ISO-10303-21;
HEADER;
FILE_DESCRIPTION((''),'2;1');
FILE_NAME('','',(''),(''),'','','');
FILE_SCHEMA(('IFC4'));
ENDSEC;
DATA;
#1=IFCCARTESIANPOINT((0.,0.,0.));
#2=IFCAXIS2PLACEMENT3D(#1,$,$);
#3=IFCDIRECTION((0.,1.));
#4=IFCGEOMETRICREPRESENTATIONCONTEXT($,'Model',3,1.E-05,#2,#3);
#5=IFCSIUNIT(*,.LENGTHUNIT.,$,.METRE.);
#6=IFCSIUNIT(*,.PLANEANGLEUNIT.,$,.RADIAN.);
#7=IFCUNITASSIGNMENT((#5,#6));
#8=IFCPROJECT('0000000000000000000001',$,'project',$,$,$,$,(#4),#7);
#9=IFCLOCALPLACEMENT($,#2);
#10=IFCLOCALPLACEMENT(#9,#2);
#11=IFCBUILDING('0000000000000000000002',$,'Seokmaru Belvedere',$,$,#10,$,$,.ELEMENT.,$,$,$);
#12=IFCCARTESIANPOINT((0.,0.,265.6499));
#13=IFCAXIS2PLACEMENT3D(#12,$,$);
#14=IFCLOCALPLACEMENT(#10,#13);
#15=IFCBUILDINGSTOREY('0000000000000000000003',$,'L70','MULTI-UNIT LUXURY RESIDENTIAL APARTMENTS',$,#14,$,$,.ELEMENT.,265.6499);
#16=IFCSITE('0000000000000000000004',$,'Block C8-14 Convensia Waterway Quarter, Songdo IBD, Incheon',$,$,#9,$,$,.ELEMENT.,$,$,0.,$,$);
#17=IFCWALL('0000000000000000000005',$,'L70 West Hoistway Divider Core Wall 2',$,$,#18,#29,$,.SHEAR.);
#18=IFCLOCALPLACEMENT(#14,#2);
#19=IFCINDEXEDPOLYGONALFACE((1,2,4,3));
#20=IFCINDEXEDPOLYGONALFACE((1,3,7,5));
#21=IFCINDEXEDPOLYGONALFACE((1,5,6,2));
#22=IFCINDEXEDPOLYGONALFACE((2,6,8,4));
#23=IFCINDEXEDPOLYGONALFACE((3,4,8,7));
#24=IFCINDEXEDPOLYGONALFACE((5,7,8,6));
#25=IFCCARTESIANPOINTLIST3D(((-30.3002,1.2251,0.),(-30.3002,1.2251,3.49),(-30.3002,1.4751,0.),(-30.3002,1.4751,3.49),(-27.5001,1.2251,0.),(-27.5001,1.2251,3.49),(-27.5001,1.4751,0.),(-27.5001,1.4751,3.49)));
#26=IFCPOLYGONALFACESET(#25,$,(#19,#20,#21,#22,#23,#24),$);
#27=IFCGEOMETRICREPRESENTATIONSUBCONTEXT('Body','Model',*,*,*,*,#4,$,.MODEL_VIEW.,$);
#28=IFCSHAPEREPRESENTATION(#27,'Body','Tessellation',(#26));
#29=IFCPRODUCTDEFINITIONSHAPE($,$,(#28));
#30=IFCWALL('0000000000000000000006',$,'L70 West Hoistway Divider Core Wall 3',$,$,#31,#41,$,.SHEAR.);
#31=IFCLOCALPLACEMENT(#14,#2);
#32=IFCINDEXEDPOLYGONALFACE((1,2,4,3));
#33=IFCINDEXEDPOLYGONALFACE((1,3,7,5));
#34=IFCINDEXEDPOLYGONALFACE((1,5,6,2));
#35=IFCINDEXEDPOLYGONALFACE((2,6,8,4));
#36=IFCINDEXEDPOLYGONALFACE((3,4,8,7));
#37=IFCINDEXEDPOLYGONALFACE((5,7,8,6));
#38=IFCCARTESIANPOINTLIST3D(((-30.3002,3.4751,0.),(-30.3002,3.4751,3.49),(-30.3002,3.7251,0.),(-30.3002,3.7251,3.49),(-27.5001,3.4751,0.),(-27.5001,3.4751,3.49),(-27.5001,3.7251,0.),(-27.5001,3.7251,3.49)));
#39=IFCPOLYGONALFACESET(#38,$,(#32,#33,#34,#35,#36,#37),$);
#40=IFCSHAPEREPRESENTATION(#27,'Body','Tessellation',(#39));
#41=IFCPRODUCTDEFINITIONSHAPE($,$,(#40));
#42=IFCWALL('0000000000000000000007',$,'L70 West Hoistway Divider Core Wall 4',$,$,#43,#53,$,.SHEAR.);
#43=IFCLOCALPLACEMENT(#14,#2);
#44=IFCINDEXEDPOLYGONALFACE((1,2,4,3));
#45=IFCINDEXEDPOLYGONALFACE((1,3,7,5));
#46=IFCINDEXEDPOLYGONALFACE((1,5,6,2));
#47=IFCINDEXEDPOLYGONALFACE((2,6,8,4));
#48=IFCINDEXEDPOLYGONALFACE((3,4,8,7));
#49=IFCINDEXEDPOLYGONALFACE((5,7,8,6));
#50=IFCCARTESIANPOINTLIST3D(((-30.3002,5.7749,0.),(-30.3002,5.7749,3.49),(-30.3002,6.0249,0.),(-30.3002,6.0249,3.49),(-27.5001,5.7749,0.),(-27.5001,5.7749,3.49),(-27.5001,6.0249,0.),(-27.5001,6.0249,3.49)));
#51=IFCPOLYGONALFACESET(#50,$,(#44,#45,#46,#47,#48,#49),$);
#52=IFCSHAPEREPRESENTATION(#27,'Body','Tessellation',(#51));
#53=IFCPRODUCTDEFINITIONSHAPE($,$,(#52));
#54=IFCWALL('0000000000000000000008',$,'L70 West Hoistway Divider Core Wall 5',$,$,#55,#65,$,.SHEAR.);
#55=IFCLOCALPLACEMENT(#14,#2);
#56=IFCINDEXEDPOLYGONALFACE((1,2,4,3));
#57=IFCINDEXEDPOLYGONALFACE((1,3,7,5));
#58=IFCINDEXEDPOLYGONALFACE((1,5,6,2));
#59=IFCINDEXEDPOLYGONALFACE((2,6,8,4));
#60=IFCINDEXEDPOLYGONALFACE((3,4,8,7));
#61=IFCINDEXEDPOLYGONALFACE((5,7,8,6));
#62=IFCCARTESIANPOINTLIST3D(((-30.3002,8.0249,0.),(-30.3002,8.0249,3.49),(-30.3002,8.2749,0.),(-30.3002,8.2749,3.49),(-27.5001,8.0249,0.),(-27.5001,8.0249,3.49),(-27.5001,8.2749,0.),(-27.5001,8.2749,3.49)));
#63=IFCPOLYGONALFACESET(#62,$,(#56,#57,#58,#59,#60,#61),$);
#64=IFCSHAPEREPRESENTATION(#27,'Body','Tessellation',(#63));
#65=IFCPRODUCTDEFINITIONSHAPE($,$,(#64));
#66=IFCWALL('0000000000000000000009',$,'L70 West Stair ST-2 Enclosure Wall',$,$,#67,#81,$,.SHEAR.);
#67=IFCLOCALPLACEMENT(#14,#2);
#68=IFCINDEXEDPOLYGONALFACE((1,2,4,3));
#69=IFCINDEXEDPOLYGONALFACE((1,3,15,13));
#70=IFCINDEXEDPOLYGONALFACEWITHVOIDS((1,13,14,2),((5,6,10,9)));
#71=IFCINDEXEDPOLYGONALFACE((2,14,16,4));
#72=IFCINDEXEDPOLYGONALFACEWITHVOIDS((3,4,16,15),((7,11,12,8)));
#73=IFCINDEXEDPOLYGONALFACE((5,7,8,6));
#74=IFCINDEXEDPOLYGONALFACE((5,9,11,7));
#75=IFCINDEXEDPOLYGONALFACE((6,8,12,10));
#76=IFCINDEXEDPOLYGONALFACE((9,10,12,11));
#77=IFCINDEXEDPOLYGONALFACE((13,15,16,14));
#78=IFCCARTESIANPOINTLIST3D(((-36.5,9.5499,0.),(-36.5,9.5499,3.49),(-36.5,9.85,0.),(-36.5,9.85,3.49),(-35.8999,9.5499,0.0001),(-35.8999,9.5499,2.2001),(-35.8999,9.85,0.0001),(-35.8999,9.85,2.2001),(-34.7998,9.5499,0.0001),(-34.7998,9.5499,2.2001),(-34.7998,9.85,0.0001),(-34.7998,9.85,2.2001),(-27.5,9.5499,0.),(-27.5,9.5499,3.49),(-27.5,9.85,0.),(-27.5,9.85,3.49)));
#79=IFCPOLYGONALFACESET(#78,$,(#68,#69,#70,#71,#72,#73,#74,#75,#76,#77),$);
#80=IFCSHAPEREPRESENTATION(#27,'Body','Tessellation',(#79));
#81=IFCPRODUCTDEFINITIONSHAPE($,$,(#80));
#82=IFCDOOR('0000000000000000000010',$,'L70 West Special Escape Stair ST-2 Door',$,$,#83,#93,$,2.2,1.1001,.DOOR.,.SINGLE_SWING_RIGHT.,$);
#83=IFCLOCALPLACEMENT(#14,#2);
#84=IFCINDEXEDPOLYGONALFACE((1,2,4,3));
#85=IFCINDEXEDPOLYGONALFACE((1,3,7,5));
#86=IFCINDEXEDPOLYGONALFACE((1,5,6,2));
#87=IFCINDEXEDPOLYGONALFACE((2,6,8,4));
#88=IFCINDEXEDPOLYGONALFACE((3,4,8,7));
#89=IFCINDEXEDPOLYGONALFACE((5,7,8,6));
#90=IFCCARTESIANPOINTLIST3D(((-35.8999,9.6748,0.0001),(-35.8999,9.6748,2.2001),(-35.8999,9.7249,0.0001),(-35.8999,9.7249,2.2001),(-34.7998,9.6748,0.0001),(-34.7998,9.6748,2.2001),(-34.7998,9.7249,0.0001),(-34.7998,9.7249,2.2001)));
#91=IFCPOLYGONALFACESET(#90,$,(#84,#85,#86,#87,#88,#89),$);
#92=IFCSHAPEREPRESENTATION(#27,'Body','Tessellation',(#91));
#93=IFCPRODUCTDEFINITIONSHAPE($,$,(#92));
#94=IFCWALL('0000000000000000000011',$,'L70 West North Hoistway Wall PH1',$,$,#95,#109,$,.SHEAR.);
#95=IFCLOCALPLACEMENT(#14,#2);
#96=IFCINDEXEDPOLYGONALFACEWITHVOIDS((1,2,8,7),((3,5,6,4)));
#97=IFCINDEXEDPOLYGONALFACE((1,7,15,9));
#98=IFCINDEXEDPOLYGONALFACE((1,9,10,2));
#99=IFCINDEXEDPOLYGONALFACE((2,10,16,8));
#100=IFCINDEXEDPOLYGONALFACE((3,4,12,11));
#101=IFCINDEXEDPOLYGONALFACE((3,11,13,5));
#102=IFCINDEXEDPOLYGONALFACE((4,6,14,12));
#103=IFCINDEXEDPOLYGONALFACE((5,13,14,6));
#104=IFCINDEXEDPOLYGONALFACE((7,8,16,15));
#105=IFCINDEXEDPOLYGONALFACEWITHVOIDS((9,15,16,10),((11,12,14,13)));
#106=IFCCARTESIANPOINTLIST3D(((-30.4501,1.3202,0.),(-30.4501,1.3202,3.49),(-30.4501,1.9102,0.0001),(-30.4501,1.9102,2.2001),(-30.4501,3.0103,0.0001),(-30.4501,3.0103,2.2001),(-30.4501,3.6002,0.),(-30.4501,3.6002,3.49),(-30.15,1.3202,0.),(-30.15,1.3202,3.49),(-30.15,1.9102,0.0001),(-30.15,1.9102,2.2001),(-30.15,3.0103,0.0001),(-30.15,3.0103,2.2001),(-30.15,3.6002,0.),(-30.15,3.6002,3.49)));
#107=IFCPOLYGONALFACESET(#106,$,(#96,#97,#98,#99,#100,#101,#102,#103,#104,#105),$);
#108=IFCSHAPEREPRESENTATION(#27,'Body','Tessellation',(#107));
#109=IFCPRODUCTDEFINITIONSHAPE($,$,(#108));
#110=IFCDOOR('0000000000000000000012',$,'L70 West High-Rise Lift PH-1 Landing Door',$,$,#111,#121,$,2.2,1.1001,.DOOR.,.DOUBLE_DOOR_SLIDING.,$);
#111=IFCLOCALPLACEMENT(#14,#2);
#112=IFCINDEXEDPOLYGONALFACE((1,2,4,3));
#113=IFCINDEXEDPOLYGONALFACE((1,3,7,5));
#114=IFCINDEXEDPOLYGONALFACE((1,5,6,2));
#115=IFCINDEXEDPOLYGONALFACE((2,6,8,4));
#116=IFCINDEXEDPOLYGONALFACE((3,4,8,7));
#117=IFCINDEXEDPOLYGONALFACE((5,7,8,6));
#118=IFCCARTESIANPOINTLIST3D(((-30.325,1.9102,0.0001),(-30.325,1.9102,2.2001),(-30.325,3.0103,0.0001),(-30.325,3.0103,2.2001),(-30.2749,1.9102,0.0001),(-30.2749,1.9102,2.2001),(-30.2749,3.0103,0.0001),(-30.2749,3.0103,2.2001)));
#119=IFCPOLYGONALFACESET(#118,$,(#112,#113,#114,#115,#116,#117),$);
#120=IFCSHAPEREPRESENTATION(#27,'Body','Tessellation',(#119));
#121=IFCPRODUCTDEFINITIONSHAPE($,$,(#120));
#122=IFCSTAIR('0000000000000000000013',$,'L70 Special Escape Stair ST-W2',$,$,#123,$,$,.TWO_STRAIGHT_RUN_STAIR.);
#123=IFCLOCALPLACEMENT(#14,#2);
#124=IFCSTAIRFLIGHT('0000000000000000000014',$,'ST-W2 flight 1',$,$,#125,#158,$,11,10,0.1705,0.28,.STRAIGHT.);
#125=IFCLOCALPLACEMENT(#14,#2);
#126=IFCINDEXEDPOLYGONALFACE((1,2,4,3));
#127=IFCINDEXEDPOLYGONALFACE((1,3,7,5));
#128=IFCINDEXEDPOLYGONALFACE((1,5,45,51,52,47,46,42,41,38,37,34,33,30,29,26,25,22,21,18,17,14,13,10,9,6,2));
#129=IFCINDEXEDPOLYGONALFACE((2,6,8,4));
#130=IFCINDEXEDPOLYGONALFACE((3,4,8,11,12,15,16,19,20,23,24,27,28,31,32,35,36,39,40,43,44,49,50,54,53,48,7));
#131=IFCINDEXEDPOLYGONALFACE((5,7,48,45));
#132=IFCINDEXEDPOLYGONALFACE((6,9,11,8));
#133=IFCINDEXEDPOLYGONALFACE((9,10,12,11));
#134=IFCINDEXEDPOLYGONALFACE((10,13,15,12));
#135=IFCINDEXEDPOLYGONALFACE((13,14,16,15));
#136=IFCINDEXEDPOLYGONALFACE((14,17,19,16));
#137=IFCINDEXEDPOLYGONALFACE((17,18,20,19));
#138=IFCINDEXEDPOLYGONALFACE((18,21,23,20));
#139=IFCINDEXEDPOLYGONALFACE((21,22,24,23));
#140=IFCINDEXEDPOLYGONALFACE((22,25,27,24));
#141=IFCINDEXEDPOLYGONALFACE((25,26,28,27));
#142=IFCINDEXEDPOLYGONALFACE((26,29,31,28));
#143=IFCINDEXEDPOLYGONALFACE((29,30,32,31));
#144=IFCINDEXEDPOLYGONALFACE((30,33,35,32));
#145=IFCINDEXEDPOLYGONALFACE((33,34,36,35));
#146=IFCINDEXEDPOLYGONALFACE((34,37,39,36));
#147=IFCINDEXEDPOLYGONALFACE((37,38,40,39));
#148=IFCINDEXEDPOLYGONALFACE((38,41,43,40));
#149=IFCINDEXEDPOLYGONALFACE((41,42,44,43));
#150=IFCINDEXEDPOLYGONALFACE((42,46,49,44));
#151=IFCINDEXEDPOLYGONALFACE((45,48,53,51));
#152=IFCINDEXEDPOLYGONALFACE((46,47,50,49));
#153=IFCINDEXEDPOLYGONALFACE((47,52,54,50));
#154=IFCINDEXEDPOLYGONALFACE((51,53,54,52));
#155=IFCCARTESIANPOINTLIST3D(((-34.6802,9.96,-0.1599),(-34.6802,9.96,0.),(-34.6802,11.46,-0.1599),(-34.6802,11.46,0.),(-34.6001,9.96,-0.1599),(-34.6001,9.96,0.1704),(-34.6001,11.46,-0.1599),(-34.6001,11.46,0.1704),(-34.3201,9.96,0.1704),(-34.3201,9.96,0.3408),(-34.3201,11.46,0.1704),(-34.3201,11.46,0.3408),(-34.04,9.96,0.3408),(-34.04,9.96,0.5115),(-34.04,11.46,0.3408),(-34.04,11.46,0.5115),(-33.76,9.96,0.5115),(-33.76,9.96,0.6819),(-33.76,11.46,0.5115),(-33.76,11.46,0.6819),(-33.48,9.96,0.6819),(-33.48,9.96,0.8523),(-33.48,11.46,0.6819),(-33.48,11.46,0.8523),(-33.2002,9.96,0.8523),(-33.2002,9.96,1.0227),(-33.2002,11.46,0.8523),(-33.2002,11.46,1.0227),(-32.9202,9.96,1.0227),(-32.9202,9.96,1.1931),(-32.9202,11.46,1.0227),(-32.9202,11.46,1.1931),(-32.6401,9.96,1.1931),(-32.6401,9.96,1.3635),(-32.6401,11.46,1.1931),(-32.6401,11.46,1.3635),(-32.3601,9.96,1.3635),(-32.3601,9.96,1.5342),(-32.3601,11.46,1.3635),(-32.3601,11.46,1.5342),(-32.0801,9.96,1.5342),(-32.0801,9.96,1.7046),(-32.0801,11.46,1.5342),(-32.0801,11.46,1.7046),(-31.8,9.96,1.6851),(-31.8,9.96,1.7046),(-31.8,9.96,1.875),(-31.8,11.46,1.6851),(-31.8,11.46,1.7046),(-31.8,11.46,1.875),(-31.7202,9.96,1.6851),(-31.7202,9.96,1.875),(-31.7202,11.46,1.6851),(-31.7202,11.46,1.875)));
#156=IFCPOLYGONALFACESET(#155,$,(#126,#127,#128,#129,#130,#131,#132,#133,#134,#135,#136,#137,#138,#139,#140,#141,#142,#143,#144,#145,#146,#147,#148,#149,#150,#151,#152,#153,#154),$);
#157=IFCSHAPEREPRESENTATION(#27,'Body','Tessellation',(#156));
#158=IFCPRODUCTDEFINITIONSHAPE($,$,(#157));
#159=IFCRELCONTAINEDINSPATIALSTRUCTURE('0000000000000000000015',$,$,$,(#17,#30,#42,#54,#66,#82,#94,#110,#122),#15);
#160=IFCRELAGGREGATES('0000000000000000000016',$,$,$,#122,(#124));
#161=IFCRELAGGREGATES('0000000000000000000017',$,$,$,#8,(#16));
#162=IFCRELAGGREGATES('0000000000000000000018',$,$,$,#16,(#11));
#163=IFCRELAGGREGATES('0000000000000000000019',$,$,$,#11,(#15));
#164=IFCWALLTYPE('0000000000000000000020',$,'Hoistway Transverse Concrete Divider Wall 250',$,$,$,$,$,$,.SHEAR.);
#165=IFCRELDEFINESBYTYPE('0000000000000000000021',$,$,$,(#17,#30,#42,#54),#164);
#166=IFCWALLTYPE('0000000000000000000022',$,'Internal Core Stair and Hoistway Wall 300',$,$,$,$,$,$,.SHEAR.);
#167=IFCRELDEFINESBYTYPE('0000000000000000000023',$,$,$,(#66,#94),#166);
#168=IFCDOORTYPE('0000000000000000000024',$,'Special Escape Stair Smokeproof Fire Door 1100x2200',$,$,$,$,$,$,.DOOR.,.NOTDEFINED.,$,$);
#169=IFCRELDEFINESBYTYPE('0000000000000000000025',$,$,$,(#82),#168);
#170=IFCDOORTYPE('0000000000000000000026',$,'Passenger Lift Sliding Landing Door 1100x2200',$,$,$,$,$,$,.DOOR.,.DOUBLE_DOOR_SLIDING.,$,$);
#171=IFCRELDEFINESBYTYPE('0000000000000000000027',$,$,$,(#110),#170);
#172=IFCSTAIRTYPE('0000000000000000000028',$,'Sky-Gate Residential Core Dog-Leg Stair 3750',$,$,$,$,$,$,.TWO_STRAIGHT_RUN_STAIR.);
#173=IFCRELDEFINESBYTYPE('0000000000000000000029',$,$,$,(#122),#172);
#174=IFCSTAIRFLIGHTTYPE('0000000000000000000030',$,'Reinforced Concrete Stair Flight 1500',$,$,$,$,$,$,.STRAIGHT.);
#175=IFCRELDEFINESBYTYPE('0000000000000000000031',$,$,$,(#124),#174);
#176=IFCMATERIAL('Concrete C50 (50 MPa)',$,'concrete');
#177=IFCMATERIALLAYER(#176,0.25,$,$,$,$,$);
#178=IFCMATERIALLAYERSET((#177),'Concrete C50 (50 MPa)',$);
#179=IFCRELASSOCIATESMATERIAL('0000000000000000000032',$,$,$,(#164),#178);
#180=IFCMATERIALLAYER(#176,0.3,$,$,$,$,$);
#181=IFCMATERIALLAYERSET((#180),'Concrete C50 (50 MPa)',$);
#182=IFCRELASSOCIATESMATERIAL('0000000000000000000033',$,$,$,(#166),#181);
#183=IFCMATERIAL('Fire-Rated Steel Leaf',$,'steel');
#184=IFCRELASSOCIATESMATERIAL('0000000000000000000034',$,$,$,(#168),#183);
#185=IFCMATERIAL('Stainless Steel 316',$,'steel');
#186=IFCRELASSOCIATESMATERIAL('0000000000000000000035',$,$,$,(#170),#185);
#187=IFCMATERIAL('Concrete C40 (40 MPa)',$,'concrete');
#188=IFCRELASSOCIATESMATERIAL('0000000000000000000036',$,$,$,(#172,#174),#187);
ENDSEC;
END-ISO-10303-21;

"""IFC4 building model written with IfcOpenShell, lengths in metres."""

from ifc_helpers import new_model, si_unit, direction, frame, frame_2d, origin, place, context, subcontext, project, spatial, polyline, rectangle, outline, extrude, source, transform, mapped, material, layer, layer_set, type_object, type_shapes, element, fill, aggregate, save


model = new_model("IFC4")

# Units and contexts
model_context = context("Model", 3, precision=1e-05, world=origin(), true_north=direction((0.0, 1.0)))
body_context = subcontext(model_context, "Body", "Model", "MODEL_VIEW")
ifc_project = project(units=[si_unit("LENGTHUNIT", "METRE"), si_unit("PLANEANGLEUNIT", "RADIAN")], contexts=[model_context])

# Site, building, storey
site_placement = place(None, origin())
site = spatial("IfcSite", under=ifc_project, at=site_placement, Name="Block C8-14 Convensia Waterway Quarter, Songdo IBD, Incheon", CompositionType="ELEMENT", RefElevation=0.0)
building_placement = place(site_placement, origin())
building = spatial("IfcBuilding", under=site, at=building_placement, Name="Seokmaru Belvedere", CompositionType="ELEMENT")
storey_placement = place(building_placement, frame((0.0, 0.0, 265.6499)))
storey = spatial("IfcBuildingStorey", under=building, at=storey_placement, Name="L70", Description="MULTI-UNIT LUXURY RESIDENTIAL APARTMENTS", CompositionType="ELEMENT", Elevation=265.6499)

# Shared definitions
ifc_material_1 = material(Name="Fire-Rated Steel Leaf", Category="steel")

# Walls
ifc_material_2 = material(Name="Concrete C50 (50 MPa)", Category="concrete")
ifc_layer_1 = layer(ifc_material_2, 0.25)
ifc_layer_set_1 = layer_set([ifc_layer_1], Name="Concrete C50 (50 MPa)")
wall_type_1 = type_object("IfcWallType", Name="Hoistway Transverse Concrete Divider Wall 250", PredefinedType="SHEAR", material=ifc_layer_set_1)
for number, where, z_axis, x_axis, name in (
    (1, (-30.3, 1.3501, 0.0), (0.0, 0.0, 1.0), (1.0, 0.0, 0.0), "L70 West Hoistway Divider Core Wall 2"),
    (2, (-30.3, 3.6001, 0.0), (0.0, 0.0, 1.0), (1.0, 0.0, 0.0), "L70 West Hoistway Divider Core Wall 3"),
    (3, (-30.3, 5.8999, 0.0), (0.0, 0.0, 1.0), (1.0, 0.0, 0.0), "L70 West Hoistway Divider Core Wall 4"),
    (4, (-30.3, 8.1499, 0.0), (0.0, 0.0, 1.0), (1.0, 0.0, 0.0), "L70 West Hoistway Divider Core Wall 5"),
):
    element("IfcWall", number, at=place(storey_placement, frame(where, z_axis=z_axis, x_axis=x_axis)), inside=storey, type_object=wall_type_1, Name=name, PredefinedType="SHEAR", context=body_context, shape_type="SweptSolid", body=[
        extrude(rectangle(XDim=2.8, YDim=0.25, at=frame_2d((1.3999, 0.0))), origin(), (0.0, 0.0, 1.0), 3.49),
    ])

# Walls, openings, doors
ifc_layer_2 = layer(ifc_material_2, 0.3)
ifc_layer_set_2 = layer_set([ifc_layer_2], Name="Concrete C50 (50 MPa)")
wall_type_2 = type_object("IfcWallType", Name="Internal Core Stair and Hoistway Wall 300", PredefinedType="SHEAR", material=ifc_layer_set_2)
wall_1_placement = place(storey_placement, frame((-36.5, 9.7, 0.0), z_axis=(0.0, 0.0, 1.0), x_axis=(1.0, 0.0, 0.0)))
wall_1 = element("IfcWall", 5, at=wall_1_placement, inside=storey, type_object=wall_type_2, Name="L70 West Stair ST-2 Enclosure Wall", PredefinedType="SHEAR", context=body_context, shape_type="SweptSolid", body=[
    extrude(rectangle(XDim=9.0, YDim=0.3, at=frame_2d((4.5, 0.0))), origin(), (0.0, 0.0, 1.0), 3.49),
])
opening_1_placement = place(wall_1_placement, frame((0.6001, 0.0, 0.0)))
opening_1 = element("IfcOpeningElement", 6, at=opening_1_placement, cuts=wall_1, PredefinedType="OPENING", context=body_context, shape_type="SweptSolid", body=[
    extrude(rectangle(XDim=1.1001, YDim=2.2, at=frame_2d((0.55, 1.1001))), frame((0.0, 0.1602, 0.0), z_axis=(0.0, -1.0, 0.0), x_axis=(1.0, 0.0, 0.0)), (0.0, 0.0, 1.0), 0.3201),
])
door_type_1 = type_object("IfcDoorType", Name="Special Escape Stair Smokeproof Fire Door 1100x2200", OperationType="NOTDEFINED", PredefinedType="DOOR", material=ifc_material_1)
shared_shape_1 = source(origin(), body_context, "Body", "SweptSolid", [
    extrude(rectangle(XDim=1.1001, YDim=2.2, at=frame_2d((0.55, 1.1001))), frame((0.0, 0.0249, 0.0), z_axis=(0.0, -1.0, 0.0), x_axis=(1.0, 0.0, 0.0)), (0.0, 0.0, 1.0), 0.05),
])
type_shapes(door_type_1, [shared_shape_1])
door_1_placement = place(opening_1_placement, origin())
door_1 = element("IfcDoor", 7, at=door_1_placement, inside=storey, type_object=door_type_1, Name="L70 West Special Escape Stair ST-2 Door", OperationType="SINGLE_SWING_RIGHT", OverallHeight=2.2, OverallWidth=1.1001, PredefinedType="DOOR", context=body_context, shape_type="MappedRepresentation", body=[
    mapped(shared_shape_1, transform((0.0, 0.0, 0.0), scale=1.0)),
])
fill(opening_1, door_1)
wall_2_placement = place(storey_placement, frame((-30.3, 1.3201, 0.0), z_axis=(0.0, 0.0, 1.0), x_axis=(0.0, 1.0, 0.0)))
wall_2 = element("IfcWall", 8, at=wall_2_placement, inside=storey, type_object=wall_type_2, Name="L70 West North Hoistway Wall PH1", PredefinedType="SHEAR", context=body_context, shape_type="SweptSolid", body=[
    extrude(rectangle(XDim=2.28, YDim=0.3, at=frame_2d((1.1401, 0.0))), origin(), (0.0, 0.0, 1.0), 3.49),
])
opening_2_placement = place(wall_2_placement, frame((0.5901, 0.0, 0.0)))
opening_2 = element("IfcOpeningElement", 9, at=opening_2_placement, cuts=wall_2, PredefinedType="OPENING", context=body_context, shape_type="SweptSolid", body=[
    extrude(rectangle(XDim=1.1001, YDim=2.2, at=frame_2d((0.55, 1.1001))), frame((0.0, 0.1602, 0.0), z_axis=(0.0, -1.0, 0.0), x_axis=(1.0, 0.0, 0.0)), (0.0, 0.0, 1.0), 0.3201),
])
ifc_material_3 = material(Name="Stainless Steel 316", Category="steel")
door_type_2 = type_object("IfcDoorType", Name="Passenger Lift Sliding Landing Door 1100x2200", OperationType="DOUBLE_DOOR_SLIDING", PredefinedType="DOOR", material=ifc_material_3)
shared_shape_2 = source(origin(), body_context, "Body", "SweptSolid", [
    extrude(rectangle(XDim=1.1001, YDim=2.2, at=frame_2d((0.55, 1.1001))), frame((0.0, 0.0249, 0.0), z_axis=(0.0, -1.0, 0.0), x_axis=(1.0, 0.0, 0.0)), (0.0, 0.0, 1.0), 0.05),
])
type_shapes(door_type_2, [shared_shape_2])
door_2_placement = place(opening_2_placement, origin())
door_2 = element("IfcDoor", 10, at=door_2_placement, inside=storey, type_object=door_type_2, Name="L70 West High-Rise Lift PH-1 Landing Door", OperationType="DOUBLE_DOOR_SLIDING", OverallHeight=2.2, OverallWidth=1.1001, PredefinedType="DOOR", context=body_context, shape_type="MappedRepresentation", body=[
    mapped(shared_shape_2, transform((0.0, 0.0, 0.0), scale=1.0)),
])
fill(opening_2, door_2)

# Stair, stair flight
ifc_material_4 = material(Name="Concrete C40 (40 MPa)", Category="concrete")
stair_type = type_object("IfcStairType", Name="Sky-Gate Residential Core Dog-Leg Stair 3750", PredefinedType="TWO_STRAIGHT_RUN_STAIR", material=ifc_material_4)
stair_placement = place(storey_placement, origin())
stair = element("IfcStair", 11, at=stair_placement, inside=storey, type_object=stair_type, Name="L70 Special Escape Stair ST-W2", PredefinedType="TWO_STRAIGHT_RUN_STAIR")
stair_flight_type = type_object("IfcStairFlightType", Name="Reinforced Concrete Stair Flight 1500", PredefinedType="STRAIGHT", material=ifc_material_4)
stair_flight_1_placement = place(storey_placement, frame((-34.6001, 10.71, 0.0), z_axis=(0.0, 0.0, 1.0), x_axis=(1.0, 0.0, 0.0)))
stair_flight_1 = element("IfcStairFlight", 12, at=stair_flight_1_placement, type_object=stair_flight_type, Name="ST-W2 flight 1", NumberOfRisers=11, NumberOfTreads=10, PredefinedType="STRAIGHT", RiserHeight=0.1705, TreadLength=0.28, context=body_context, shape_type="SweptSolid", body=[
    extrude(outline(polyline([(-0.0801, 0.0), (0.0, 0.1704), (0.28, 0.1704), (0.28, 0.3408), (0.5601, 0.3408), (0.5601, 0.5115), (0.8401, 0.5115), (0.8401, 0.6819), (1.1201, 0.6819), (1.1201, 0.8523), (1.3999, 0.8523), (1.3999, 1.0227), (1.6799, 1.0227), (1.6799, 1.1931), (1.96, 1.1931), (1.96, 1.3635), (2.24, 1.3635), (2.24, 1.5342), (2.52, 1.5342), (2.52, 1.7046), (2.8, 1.7046), (2.8, 1.875), (2.8799, 1.875), (2.8799, 1.6851), (2.8, 1.6851), (0.0, -0.1599), (-0.0801, -0.1599), (-0.0801, 0.0)])), frame((0.0, 0.75, 0.0), z_axis=(0.0, -1.0, 0.0), x_axis=(1.0, 0.0, 0.0)), (0.0, 0.0, 1.0), 1.5),
])
aggregate(stair, [stair_flight_1])

save(model, "model.ifc")
